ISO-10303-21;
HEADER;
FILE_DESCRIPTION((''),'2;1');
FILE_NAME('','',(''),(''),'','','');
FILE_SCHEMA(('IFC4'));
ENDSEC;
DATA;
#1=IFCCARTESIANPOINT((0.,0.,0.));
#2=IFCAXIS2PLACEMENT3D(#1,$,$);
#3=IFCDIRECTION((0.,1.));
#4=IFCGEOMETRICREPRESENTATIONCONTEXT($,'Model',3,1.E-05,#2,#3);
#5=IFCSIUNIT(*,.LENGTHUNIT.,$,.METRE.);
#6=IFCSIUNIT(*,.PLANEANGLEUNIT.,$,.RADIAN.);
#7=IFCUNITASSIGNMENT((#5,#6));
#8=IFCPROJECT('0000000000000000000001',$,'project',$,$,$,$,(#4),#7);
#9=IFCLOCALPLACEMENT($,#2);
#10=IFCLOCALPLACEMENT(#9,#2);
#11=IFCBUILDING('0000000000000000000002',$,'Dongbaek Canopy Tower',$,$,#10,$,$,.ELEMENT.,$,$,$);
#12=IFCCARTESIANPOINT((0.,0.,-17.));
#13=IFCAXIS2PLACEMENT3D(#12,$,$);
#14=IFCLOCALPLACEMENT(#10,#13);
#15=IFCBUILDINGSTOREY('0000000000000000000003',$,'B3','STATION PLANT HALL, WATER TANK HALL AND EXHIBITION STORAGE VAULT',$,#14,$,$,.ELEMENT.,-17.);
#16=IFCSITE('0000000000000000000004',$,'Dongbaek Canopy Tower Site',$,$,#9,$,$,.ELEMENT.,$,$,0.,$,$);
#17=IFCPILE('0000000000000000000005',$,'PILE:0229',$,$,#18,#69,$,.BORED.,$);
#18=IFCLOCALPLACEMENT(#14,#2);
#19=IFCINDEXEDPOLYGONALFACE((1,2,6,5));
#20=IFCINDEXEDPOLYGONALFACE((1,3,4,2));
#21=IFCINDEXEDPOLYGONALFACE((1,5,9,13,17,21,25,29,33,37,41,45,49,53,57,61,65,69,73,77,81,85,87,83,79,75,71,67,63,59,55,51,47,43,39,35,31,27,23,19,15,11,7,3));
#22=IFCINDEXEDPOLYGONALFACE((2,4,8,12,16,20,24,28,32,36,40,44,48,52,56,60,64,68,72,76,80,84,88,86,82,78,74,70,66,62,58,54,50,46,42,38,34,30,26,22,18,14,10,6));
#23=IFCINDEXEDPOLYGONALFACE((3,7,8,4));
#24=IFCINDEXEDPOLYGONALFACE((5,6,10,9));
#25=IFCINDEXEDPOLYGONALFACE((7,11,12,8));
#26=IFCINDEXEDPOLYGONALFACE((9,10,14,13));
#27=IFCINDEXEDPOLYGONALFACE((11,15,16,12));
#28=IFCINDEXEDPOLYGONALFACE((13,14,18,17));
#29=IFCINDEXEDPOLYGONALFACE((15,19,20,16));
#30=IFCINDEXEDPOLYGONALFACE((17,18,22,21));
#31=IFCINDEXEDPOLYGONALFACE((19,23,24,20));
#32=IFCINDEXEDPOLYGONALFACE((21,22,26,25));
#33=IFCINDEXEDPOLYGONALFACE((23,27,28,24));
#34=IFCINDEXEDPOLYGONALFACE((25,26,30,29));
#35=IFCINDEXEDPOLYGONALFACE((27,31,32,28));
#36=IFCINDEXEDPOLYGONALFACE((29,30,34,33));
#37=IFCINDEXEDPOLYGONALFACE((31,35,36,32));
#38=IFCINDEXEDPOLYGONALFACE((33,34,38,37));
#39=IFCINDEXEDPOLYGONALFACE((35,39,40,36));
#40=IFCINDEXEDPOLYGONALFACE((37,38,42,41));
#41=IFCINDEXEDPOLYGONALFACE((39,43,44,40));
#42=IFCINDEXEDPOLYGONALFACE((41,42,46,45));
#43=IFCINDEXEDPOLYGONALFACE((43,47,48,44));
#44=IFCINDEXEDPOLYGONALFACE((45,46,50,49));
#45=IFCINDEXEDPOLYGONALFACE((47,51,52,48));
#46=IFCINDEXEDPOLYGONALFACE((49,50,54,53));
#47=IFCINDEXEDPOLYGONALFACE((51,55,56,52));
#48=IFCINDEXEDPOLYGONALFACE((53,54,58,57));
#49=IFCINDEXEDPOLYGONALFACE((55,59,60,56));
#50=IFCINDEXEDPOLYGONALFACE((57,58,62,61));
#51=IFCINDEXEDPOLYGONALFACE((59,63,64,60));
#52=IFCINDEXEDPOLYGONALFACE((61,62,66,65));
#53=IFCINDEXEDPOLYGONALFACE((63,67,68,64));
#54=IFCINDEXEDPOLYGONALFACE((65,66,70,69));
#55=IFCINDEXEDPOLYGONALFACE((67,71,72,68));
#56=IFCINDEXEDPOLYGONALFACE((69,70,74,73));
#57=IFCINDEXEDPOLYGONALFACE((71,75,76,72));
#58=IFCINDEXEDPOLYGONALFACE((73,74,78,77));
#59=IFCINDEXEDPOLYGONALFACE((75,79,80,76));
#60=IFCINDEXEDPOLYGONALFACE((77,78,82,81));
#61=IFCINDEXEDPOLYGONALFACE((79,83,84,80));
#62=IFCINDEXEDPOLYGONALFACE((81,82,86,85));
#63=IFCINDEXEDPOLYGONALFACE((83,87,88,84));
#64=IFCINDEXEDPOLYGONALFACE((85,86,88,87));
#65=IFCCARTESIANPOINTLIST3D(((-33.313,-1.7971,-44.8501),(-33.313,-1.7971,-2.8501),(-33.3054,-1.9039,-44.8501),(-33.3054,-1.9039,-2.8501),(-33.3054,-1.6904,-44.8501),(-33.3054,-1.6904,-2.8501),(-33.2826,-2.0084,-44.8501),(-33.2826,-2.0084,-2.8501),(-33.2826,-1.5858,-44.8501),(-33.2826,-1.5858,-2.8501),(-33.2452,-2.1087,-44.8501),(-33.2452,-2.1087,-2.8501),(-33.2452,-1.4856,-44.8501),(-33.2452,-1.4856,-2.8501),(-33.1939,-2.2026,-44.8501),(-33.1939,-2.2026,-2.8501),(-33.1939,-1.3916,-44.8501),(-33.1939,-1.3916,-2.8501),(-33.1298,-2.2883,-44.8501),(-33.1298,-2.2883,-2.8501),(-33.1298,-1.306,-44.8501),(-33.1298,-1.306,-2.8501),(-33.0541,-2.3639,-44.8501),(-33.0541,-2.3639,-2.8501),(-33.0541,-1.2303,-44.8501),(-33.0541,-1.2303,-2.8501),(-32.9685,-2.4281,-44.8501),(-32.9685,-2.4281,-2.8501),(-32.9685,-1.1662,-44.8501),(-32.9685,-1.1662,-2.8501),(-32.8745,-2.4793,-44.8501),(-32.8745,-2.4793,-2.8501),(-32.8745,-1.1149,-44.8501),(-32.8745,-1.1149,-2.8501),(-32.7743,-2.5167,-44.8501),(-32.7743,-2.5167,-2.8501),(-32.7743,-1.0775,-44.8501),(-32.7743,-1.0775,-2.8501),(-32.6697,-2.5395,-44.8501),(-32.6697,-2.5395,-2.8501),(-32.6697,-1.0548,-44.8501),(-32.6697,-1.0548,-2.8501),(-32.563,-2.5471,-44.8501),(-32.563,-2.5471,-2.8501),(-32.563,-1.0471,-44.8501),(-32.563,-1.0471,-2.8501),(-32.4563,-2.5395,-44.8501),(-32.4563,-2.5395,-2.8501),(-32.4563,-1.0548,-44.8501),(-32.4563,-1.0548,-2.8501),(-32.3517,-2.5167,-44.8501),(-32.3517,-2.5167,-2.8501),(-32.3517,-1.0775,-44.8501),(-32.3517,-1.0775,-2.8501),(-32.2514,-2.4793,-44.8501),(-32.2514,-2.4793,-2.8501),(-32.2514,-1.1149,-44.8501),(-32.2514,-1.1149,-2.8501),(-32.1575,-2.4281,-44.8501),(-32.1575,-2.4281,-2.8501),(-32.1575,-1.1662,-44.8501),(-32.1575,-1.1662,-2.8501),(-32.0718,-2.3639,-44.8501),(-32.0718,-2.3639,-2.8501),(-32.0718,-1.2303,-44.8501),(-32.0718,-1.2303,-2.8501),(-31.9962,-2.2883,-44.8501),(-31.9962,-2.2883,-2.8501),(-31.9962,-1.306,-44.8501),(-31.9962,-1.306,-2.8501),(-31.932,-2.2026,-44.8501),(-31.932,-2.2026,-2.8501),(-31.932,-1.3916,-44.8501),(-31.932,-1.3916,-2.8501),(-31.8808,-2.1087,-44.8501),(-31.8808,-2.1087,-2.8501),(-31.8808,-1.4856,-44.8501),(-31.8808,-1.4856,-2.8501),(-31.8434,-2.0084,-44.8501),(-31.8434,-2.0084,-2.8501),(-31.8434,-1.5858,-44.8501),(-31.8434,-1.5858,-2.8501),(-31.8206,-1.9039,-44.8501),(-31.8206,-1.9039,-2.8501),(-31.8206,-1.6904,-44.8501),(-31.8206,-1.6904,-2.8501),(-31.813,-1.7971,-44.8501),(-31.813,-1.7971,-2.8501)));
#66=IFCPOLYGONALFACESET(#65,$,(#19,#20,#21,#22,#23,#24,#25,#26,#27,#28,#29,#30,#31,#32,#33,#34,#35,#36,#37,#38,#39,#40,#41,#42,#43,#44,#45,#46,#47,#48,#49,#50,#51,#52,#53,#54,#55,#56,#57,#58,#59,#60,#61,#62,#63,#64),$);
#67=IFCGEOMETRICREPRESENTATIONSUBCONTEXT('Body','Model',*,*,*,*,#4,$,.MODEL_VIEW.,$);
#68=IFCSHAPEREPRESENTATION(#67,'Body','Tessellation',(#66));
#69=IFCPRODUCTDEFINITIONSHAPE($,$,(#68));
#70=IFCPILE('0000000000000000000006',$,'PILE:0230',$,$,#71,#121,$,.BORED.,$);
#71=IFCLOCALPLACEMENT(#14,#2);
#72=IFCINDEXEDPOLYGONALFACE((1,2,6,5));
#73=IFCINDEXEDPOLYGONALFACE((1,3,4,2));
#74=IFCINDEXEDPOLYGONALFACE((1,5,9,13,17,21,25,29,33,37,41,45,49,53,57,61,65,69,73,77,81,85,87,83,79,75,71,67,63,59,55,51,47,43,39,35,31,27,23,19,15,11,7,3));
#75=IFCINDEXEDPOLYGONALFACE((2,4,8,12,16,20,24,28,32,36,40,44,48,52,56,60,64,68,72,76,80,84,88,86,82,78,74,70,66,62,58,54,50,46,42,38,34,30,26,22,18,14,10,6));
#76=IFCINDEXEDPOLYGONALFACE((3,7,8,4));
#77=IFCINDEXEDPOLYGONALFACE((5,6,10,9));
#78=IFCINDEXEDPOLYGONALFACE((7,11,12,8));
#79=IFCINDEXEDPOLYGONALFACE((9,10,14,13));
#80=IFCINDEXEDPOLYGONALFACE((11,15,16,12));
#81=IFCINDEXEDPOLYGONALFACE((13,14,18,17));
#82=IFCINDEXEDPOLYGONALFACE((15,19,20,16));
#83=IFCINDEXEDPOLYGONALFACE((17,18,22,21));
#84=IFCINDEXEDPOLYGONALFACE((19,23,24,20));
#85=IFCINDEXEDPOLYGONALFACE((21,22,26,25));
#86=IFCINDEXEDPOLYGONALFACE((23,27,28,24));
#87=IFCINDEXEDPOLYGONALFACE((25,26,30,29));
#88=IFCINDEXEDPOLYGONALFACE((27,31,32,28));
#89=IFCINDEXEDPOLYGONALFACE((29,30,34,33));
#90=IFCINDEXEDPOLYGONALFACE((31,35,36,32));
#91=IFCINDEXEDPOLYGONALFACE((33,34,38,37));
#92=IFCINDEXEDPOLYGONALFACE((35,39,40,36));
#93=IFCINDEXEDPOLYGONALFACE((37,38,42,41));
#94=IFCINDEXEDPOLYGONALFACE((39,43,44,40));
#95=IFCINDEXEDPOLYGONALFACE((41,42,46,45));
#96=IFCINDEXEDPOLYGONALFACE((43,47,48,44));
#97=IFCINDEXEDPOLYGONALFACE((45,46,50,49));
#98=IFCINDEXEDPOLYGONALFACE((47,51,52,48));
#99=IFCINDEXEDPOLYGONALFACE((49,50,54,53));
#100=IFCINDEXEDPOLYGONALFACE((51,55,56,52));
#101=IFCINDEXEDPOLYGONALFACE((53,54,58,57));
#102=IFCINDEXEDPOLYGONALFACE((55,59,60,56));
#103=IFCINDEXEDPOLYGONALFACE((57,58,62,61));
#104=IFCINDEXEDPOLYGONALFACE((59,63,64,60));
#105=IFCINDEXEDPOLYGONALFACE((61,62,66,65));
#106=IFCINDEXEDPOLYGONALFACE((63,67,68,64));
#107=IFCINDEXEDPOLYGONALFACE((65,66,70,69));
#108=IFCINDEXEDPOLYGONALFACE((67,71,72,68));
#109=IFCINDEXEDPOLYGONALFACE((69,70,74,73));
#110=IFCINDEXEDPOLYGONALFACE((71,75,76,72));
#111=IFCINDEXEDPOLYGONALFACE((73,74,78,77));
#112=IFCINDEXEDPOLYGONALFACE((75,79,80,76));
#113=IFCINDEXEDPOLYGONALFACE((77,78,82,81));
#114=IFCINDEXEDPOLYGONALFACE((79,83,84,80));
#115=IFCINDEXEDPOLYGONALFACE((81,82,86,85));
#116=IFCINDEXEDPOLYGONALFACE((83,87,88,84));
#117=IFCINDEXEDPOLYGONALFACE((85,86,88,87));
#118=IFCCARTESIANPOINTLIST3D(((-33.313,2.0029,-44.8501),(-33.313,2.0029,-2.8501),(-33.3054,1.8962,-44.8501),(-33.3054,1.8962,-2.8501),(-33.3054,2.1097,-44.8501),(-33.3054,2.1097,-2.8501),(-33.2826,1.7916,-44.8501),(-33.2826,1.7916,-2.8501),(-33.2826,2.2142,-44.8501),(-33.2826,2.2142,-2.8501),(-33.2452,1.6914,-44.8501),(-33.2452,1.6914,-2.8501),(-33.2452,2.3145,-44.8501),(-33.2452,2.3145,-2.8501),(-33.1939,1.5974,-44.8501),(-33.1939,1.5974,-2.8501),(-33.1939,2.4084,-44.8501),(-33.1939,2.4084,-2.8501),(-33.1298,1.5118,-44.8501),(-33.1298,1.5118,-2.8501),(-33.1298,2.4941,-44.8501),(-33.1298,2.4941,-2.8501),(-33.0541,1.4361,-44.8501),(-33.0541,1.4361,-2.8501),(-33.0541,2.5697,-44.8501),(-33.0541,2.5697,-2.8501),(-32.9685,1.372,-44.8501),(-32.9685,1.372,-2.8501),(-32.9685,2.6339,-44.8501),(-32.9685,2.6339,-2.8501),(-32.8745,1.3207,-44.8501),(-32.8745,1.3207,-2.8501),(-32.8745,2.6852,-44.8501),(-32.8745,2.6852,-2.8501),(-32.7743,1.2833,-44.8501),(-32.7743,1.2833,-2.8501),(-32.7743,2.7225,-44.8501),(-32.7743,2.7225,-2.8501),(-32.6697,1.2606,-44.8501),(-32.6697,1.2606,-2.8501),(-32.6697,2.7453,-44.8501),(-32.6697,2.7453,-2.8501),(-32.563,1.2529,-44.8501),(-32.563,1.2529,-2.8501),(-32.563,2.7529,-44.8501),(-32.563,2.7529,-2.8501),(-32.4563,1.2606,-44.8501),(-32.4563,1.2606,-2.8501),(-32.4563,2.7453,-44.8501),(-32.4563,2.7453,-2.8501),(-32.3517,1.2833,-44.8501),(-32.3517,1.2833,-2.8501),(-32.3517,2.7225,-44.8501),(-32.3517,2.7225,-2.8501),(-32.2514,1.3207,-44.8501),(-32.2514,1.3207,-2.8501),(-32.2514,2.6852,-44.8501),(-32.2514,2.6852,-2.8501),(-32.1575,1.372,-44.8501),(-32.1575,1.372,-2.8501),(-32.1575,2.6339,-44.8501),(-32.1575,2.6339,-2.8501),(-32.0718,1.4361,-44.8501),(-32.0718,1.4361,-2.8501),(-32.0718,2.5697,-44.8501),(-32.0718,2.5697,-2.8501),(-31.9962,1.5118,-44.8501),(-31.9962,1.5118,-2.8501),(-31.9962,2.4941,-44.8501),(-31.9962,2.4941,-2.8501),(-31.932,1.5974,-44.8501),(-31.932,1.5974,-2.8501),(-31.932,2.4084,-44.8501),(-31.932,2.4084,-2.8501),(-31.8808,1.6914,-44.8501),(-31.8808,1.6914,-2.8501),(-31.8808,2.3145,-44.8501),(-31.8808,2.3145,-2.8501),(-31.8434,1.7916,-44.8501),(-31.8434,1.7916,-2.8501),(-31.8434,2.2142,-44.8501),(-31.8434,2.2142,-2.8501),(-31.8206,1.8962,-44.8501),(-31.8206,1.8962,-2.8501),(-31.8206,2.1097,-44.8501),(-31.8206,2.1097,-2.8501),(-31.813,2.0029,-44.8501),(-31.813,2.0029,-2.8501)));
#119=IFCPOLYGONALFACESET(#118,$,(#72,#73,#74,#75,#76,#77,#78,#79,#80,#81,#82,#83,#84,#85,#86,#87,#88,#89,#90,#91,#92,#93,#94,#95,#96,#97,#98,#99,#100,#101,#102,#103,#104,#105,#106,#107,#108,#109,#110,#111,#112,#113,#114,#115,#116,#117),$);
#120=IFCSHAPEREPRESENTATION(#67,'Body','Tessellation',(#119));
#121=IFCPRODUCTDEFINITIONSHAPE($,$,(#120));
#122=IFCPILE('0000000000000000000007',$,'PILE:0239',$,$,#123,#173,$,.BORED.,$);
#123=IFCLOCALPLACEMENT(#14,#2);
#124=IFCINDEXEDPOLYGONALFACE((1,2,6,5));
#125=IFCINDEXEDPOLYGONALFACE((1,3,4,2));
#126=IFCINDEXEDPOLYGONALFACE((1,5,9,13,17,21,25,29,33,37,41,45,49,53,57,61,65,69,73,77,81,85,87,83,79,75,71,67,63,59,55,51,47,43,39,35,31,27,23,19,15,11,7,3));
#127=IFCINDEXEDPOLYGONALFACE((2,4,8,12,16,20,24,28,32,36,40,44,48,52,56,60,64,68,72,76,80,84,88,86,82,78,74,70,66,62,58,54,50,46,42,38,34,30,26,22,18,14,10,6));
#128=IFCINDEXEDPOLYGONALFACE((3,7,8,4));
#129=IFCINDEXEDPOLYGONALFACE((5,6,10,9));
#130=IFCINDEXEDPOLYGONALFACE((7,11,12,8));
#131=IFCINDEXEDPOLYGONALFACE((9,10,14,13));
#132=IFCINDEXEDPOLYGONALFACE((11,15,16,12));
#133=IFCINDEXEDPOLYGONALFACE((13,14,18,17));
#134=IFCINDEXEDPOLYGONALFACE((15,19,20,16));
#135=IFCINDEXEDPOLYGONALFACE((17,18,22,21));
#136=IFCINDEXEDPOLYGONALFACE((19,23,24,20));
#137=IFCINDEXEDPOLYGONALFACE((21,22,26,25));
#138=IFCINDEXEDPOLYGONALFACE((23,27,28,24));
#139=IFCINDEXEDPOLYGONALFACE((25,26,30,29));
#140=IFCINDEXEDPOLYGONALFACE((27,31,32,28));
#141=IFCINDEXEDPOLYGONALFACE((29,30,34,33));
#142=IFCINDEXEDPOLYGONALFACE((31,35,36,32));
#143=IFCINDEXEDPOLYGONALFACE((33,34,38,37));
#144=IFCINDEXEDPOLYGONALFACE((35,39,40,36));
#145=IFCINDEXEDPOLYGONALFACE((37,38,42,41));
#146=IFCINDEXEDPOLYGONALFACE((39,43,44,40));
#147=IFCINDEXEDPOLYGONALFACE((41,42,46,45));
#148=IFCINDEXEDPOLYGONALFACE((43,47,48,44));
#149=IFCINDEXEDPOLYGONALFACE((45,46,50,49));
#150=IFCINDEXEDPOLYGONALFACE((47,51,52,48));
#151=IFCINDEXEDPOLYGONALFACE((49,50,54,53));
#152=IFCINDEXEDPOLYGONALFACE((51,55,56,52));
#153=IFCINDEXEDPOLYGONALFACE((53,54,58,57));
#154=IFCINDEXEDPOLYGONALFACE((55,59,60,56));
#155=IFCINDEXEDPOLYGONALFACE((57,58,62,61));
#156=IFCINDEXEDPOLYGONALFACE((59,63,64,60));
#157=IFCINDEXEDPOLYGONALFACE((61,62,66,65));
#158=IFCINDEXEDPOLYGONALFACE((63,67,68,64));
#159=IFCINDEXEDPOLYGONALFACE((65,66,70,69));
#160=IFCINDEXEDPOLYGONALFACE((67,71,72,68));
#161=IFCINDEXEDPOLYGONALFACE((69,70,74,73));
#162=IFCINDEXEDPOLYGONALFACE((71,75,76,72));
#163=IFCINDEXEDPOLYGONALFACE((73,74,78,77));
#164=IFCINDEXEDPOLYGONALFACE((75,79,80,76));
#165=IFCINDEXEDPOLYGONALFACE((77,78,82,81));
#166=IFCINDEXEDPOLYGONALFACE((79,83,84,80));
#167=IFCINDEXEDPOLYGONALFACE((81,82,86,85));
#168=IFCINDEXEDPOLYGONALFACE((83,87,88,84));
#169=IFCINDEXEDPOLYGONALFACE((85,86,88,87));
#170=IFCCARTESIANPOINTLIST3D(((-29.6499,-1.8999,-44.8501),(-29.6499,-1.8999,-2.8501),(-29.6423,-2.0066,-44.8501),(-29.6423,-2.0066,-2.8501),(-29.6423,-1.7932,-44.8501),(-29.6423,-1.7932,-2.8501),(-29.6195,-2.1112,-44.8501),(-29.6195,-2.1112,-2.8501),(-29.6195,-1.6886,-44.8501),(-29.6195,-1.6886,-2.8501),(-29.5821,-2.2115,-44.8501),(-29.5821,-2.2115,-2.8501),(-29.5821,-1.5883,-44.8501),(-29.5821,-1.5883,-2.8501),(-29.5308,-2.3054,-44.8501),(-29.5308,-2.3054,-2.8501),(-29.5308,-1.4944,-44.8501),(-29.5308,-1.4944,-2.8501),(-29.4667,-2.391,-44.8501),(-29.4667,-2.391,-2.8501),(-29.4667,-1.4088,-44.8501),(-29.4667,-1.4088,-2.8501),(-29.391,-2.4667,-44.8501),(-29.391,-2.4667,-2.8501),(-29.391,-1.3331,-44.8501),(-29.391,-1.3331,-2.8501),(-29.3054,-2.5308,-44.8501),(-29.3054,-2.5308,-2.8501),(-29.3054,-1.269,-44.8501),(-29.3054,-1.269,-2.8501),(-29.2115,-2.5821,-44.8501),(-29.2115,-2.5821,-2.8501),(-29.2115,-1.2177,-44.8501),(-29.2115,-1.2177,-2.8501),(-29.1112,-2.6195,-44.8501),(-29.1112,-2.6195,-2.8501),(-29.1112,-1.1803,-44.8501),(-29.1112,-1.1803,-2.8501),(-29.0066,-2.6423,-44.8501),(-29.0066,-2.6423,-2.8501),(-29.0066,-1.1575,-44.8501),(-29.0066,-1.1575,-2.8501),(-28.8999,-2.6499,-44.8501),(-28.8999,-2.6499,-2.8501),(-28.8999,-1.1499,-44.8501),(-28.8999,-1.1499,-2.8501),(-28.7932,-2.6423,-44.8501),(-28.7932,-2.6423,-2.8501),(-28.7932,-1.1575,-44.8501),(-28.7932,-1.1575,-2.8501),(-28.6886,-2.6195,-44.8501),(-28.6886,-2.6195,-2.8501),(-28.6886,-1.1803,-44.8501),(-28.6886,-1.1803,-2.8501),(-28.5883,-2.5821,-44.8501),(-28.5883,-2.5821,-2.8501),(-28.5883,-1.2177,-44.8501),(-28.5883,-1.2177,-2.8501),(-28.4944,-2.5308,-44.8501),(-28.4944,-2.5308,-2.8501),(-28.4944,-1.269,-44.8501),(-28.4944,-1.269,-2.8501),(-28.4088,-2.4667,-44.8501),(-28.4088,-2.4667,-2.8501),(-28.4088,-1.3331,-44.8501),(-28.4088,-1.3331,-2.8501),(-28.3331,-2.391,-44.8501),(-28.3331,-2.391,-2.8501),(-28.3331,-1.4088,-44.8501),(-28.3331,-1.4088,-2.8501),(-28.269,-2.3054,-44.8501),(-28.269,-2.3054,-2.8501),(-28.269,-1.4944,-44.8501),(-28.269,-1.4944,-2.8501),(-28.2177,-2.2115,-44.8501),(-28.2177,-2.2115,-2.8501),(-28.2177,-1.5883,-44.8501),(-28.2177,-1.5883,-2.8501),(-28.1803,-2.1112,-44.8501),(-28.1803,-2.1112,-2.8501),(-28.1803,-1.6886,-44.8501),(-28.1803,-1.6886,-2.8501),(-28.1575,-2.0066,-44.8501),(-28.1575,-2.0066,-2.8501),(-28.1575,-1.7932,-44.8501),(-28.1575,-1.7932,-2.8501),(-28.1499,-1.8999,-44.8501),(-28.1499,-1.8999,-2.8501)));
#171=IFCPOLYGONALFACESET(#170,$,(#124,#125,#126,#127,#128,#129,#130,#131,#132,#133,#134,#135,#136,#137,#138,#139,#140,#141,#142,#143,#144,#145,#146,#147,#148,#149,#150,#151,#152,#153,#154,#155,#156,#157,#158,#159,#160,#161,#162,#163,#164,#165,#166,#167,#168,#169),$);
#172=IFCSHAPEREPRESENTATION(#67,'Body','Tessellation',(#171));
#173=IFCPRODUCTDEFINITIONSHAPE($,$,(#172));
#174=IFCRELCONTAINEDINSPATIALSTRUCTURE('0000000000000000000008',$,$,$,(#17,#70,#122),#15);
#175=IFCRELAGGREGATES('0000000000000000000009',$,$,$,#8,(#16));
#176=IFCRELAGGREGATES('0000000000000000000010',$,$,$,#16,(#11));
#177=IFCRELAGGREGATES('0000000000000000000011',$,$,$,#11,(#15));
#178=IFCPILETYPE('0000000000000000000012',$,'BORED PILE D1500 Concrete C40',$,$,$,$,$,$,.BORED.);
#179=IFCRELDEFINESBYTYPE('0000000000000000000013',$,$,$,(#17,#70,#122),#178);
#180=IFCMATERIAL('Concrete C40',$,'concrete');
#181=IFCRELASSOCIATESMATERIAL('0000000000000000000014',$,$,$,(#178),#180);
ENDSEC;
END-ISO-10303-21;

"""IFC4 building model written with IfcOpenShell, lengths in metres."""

from ifc_helpers import new_model, si_unit, direction, frame, origin, origin_2d, place, context, subcontext, project, spatial, circle, extrude, material, material_profile, profile_set, type_object, element, save


model = new_model("IFC4")

# Units and contexts
model_context = context("Model", 3, precision=1e-05, world=origin(), true_north=direction((0.0, 1.0)))
body_context = subcontext(model_context, "Body", "Model", "MODEL_VIEW")
ifc_project = project(units=[si_unit("LENGTHUNIT", "METRE"), si_unit("PLANEANGLEUNIT", "RADIAN")], contexts=[model_context])

# Site, building, storey
site_placement = place(None, origin())
site = spatial("IfcSite", under=ifc_project, at=site_placement, Name="Dongbaek Canopy Tower Site", CompositionType="ELEMENT", RefElevation=0.0)
building_placement = place(site_placement, origin())
building = spatial("IfcBuilding", under=site, at=building_placement, Name="Dongbaek Canopy Tower", CompositionType="ELEMENT")
storey_placement = place(building_placement, frame((0.0, 0.0, -17.0)))
storey = spatial("IfcBuildingStorey", under=building, at=storey_placement, Name="B3", Description="STATION PLANT HALL, WATER TANK HALL AND EXHIBITION STORAGE VAULT", CompositionType="ELEMENT", Elevation=-17.0)

# Piles
ifc_material_1 = material(Name="Concrete C40", Category="concrete")
ifc_material_profile_1 = material_profile(ifc_material_1, circle(Radius=0.75, at=origin_2d()), Name="BORED PILE D1500 Concrete C40")
ifc_profile_set_1 = profile_set([ifc_material_profile_1], Name="Concrete C40")
pile_type = type_object("IfcPileType", Name="BORED PILE D1500 Concrete C40", PredefinedType="BORED", material=ifc_profile_set_1)
for number, where, z_axis, x_axis, name in (
    (1, (-32.563, -1.7971, -2.8501), (0.0, 0.0, -1.0), (1.0, 0.0, 0.0), "PILE:0229"),
    (2, (-32.563, 2.0029, -2.8501), (0.0, 0.0, -1.0), (1.0, 0.0, 0.0), "PILE:0230"),
    (3, (-28.8999, -1.8999, -2.8501), (0.0, 0.0, -1.0), (1.0, 0.0, 0.0), "PILE:0239"),
):
    element("IfcPile", number, at=place(storey_placement, frame(where, z_axis=z_axis, x_axis=x_axis)), inside=storey, type_object=pile_type, Name=name, PredefinedType="BORED", context=body_context, shape_type="SweptSolid", body=[
        extrude(circle(Radius=0.75, at=origin_2d()), origin(), (0.0, 0.0, 1.0), 42.0),
    ])

save(model, "model.ifc")
